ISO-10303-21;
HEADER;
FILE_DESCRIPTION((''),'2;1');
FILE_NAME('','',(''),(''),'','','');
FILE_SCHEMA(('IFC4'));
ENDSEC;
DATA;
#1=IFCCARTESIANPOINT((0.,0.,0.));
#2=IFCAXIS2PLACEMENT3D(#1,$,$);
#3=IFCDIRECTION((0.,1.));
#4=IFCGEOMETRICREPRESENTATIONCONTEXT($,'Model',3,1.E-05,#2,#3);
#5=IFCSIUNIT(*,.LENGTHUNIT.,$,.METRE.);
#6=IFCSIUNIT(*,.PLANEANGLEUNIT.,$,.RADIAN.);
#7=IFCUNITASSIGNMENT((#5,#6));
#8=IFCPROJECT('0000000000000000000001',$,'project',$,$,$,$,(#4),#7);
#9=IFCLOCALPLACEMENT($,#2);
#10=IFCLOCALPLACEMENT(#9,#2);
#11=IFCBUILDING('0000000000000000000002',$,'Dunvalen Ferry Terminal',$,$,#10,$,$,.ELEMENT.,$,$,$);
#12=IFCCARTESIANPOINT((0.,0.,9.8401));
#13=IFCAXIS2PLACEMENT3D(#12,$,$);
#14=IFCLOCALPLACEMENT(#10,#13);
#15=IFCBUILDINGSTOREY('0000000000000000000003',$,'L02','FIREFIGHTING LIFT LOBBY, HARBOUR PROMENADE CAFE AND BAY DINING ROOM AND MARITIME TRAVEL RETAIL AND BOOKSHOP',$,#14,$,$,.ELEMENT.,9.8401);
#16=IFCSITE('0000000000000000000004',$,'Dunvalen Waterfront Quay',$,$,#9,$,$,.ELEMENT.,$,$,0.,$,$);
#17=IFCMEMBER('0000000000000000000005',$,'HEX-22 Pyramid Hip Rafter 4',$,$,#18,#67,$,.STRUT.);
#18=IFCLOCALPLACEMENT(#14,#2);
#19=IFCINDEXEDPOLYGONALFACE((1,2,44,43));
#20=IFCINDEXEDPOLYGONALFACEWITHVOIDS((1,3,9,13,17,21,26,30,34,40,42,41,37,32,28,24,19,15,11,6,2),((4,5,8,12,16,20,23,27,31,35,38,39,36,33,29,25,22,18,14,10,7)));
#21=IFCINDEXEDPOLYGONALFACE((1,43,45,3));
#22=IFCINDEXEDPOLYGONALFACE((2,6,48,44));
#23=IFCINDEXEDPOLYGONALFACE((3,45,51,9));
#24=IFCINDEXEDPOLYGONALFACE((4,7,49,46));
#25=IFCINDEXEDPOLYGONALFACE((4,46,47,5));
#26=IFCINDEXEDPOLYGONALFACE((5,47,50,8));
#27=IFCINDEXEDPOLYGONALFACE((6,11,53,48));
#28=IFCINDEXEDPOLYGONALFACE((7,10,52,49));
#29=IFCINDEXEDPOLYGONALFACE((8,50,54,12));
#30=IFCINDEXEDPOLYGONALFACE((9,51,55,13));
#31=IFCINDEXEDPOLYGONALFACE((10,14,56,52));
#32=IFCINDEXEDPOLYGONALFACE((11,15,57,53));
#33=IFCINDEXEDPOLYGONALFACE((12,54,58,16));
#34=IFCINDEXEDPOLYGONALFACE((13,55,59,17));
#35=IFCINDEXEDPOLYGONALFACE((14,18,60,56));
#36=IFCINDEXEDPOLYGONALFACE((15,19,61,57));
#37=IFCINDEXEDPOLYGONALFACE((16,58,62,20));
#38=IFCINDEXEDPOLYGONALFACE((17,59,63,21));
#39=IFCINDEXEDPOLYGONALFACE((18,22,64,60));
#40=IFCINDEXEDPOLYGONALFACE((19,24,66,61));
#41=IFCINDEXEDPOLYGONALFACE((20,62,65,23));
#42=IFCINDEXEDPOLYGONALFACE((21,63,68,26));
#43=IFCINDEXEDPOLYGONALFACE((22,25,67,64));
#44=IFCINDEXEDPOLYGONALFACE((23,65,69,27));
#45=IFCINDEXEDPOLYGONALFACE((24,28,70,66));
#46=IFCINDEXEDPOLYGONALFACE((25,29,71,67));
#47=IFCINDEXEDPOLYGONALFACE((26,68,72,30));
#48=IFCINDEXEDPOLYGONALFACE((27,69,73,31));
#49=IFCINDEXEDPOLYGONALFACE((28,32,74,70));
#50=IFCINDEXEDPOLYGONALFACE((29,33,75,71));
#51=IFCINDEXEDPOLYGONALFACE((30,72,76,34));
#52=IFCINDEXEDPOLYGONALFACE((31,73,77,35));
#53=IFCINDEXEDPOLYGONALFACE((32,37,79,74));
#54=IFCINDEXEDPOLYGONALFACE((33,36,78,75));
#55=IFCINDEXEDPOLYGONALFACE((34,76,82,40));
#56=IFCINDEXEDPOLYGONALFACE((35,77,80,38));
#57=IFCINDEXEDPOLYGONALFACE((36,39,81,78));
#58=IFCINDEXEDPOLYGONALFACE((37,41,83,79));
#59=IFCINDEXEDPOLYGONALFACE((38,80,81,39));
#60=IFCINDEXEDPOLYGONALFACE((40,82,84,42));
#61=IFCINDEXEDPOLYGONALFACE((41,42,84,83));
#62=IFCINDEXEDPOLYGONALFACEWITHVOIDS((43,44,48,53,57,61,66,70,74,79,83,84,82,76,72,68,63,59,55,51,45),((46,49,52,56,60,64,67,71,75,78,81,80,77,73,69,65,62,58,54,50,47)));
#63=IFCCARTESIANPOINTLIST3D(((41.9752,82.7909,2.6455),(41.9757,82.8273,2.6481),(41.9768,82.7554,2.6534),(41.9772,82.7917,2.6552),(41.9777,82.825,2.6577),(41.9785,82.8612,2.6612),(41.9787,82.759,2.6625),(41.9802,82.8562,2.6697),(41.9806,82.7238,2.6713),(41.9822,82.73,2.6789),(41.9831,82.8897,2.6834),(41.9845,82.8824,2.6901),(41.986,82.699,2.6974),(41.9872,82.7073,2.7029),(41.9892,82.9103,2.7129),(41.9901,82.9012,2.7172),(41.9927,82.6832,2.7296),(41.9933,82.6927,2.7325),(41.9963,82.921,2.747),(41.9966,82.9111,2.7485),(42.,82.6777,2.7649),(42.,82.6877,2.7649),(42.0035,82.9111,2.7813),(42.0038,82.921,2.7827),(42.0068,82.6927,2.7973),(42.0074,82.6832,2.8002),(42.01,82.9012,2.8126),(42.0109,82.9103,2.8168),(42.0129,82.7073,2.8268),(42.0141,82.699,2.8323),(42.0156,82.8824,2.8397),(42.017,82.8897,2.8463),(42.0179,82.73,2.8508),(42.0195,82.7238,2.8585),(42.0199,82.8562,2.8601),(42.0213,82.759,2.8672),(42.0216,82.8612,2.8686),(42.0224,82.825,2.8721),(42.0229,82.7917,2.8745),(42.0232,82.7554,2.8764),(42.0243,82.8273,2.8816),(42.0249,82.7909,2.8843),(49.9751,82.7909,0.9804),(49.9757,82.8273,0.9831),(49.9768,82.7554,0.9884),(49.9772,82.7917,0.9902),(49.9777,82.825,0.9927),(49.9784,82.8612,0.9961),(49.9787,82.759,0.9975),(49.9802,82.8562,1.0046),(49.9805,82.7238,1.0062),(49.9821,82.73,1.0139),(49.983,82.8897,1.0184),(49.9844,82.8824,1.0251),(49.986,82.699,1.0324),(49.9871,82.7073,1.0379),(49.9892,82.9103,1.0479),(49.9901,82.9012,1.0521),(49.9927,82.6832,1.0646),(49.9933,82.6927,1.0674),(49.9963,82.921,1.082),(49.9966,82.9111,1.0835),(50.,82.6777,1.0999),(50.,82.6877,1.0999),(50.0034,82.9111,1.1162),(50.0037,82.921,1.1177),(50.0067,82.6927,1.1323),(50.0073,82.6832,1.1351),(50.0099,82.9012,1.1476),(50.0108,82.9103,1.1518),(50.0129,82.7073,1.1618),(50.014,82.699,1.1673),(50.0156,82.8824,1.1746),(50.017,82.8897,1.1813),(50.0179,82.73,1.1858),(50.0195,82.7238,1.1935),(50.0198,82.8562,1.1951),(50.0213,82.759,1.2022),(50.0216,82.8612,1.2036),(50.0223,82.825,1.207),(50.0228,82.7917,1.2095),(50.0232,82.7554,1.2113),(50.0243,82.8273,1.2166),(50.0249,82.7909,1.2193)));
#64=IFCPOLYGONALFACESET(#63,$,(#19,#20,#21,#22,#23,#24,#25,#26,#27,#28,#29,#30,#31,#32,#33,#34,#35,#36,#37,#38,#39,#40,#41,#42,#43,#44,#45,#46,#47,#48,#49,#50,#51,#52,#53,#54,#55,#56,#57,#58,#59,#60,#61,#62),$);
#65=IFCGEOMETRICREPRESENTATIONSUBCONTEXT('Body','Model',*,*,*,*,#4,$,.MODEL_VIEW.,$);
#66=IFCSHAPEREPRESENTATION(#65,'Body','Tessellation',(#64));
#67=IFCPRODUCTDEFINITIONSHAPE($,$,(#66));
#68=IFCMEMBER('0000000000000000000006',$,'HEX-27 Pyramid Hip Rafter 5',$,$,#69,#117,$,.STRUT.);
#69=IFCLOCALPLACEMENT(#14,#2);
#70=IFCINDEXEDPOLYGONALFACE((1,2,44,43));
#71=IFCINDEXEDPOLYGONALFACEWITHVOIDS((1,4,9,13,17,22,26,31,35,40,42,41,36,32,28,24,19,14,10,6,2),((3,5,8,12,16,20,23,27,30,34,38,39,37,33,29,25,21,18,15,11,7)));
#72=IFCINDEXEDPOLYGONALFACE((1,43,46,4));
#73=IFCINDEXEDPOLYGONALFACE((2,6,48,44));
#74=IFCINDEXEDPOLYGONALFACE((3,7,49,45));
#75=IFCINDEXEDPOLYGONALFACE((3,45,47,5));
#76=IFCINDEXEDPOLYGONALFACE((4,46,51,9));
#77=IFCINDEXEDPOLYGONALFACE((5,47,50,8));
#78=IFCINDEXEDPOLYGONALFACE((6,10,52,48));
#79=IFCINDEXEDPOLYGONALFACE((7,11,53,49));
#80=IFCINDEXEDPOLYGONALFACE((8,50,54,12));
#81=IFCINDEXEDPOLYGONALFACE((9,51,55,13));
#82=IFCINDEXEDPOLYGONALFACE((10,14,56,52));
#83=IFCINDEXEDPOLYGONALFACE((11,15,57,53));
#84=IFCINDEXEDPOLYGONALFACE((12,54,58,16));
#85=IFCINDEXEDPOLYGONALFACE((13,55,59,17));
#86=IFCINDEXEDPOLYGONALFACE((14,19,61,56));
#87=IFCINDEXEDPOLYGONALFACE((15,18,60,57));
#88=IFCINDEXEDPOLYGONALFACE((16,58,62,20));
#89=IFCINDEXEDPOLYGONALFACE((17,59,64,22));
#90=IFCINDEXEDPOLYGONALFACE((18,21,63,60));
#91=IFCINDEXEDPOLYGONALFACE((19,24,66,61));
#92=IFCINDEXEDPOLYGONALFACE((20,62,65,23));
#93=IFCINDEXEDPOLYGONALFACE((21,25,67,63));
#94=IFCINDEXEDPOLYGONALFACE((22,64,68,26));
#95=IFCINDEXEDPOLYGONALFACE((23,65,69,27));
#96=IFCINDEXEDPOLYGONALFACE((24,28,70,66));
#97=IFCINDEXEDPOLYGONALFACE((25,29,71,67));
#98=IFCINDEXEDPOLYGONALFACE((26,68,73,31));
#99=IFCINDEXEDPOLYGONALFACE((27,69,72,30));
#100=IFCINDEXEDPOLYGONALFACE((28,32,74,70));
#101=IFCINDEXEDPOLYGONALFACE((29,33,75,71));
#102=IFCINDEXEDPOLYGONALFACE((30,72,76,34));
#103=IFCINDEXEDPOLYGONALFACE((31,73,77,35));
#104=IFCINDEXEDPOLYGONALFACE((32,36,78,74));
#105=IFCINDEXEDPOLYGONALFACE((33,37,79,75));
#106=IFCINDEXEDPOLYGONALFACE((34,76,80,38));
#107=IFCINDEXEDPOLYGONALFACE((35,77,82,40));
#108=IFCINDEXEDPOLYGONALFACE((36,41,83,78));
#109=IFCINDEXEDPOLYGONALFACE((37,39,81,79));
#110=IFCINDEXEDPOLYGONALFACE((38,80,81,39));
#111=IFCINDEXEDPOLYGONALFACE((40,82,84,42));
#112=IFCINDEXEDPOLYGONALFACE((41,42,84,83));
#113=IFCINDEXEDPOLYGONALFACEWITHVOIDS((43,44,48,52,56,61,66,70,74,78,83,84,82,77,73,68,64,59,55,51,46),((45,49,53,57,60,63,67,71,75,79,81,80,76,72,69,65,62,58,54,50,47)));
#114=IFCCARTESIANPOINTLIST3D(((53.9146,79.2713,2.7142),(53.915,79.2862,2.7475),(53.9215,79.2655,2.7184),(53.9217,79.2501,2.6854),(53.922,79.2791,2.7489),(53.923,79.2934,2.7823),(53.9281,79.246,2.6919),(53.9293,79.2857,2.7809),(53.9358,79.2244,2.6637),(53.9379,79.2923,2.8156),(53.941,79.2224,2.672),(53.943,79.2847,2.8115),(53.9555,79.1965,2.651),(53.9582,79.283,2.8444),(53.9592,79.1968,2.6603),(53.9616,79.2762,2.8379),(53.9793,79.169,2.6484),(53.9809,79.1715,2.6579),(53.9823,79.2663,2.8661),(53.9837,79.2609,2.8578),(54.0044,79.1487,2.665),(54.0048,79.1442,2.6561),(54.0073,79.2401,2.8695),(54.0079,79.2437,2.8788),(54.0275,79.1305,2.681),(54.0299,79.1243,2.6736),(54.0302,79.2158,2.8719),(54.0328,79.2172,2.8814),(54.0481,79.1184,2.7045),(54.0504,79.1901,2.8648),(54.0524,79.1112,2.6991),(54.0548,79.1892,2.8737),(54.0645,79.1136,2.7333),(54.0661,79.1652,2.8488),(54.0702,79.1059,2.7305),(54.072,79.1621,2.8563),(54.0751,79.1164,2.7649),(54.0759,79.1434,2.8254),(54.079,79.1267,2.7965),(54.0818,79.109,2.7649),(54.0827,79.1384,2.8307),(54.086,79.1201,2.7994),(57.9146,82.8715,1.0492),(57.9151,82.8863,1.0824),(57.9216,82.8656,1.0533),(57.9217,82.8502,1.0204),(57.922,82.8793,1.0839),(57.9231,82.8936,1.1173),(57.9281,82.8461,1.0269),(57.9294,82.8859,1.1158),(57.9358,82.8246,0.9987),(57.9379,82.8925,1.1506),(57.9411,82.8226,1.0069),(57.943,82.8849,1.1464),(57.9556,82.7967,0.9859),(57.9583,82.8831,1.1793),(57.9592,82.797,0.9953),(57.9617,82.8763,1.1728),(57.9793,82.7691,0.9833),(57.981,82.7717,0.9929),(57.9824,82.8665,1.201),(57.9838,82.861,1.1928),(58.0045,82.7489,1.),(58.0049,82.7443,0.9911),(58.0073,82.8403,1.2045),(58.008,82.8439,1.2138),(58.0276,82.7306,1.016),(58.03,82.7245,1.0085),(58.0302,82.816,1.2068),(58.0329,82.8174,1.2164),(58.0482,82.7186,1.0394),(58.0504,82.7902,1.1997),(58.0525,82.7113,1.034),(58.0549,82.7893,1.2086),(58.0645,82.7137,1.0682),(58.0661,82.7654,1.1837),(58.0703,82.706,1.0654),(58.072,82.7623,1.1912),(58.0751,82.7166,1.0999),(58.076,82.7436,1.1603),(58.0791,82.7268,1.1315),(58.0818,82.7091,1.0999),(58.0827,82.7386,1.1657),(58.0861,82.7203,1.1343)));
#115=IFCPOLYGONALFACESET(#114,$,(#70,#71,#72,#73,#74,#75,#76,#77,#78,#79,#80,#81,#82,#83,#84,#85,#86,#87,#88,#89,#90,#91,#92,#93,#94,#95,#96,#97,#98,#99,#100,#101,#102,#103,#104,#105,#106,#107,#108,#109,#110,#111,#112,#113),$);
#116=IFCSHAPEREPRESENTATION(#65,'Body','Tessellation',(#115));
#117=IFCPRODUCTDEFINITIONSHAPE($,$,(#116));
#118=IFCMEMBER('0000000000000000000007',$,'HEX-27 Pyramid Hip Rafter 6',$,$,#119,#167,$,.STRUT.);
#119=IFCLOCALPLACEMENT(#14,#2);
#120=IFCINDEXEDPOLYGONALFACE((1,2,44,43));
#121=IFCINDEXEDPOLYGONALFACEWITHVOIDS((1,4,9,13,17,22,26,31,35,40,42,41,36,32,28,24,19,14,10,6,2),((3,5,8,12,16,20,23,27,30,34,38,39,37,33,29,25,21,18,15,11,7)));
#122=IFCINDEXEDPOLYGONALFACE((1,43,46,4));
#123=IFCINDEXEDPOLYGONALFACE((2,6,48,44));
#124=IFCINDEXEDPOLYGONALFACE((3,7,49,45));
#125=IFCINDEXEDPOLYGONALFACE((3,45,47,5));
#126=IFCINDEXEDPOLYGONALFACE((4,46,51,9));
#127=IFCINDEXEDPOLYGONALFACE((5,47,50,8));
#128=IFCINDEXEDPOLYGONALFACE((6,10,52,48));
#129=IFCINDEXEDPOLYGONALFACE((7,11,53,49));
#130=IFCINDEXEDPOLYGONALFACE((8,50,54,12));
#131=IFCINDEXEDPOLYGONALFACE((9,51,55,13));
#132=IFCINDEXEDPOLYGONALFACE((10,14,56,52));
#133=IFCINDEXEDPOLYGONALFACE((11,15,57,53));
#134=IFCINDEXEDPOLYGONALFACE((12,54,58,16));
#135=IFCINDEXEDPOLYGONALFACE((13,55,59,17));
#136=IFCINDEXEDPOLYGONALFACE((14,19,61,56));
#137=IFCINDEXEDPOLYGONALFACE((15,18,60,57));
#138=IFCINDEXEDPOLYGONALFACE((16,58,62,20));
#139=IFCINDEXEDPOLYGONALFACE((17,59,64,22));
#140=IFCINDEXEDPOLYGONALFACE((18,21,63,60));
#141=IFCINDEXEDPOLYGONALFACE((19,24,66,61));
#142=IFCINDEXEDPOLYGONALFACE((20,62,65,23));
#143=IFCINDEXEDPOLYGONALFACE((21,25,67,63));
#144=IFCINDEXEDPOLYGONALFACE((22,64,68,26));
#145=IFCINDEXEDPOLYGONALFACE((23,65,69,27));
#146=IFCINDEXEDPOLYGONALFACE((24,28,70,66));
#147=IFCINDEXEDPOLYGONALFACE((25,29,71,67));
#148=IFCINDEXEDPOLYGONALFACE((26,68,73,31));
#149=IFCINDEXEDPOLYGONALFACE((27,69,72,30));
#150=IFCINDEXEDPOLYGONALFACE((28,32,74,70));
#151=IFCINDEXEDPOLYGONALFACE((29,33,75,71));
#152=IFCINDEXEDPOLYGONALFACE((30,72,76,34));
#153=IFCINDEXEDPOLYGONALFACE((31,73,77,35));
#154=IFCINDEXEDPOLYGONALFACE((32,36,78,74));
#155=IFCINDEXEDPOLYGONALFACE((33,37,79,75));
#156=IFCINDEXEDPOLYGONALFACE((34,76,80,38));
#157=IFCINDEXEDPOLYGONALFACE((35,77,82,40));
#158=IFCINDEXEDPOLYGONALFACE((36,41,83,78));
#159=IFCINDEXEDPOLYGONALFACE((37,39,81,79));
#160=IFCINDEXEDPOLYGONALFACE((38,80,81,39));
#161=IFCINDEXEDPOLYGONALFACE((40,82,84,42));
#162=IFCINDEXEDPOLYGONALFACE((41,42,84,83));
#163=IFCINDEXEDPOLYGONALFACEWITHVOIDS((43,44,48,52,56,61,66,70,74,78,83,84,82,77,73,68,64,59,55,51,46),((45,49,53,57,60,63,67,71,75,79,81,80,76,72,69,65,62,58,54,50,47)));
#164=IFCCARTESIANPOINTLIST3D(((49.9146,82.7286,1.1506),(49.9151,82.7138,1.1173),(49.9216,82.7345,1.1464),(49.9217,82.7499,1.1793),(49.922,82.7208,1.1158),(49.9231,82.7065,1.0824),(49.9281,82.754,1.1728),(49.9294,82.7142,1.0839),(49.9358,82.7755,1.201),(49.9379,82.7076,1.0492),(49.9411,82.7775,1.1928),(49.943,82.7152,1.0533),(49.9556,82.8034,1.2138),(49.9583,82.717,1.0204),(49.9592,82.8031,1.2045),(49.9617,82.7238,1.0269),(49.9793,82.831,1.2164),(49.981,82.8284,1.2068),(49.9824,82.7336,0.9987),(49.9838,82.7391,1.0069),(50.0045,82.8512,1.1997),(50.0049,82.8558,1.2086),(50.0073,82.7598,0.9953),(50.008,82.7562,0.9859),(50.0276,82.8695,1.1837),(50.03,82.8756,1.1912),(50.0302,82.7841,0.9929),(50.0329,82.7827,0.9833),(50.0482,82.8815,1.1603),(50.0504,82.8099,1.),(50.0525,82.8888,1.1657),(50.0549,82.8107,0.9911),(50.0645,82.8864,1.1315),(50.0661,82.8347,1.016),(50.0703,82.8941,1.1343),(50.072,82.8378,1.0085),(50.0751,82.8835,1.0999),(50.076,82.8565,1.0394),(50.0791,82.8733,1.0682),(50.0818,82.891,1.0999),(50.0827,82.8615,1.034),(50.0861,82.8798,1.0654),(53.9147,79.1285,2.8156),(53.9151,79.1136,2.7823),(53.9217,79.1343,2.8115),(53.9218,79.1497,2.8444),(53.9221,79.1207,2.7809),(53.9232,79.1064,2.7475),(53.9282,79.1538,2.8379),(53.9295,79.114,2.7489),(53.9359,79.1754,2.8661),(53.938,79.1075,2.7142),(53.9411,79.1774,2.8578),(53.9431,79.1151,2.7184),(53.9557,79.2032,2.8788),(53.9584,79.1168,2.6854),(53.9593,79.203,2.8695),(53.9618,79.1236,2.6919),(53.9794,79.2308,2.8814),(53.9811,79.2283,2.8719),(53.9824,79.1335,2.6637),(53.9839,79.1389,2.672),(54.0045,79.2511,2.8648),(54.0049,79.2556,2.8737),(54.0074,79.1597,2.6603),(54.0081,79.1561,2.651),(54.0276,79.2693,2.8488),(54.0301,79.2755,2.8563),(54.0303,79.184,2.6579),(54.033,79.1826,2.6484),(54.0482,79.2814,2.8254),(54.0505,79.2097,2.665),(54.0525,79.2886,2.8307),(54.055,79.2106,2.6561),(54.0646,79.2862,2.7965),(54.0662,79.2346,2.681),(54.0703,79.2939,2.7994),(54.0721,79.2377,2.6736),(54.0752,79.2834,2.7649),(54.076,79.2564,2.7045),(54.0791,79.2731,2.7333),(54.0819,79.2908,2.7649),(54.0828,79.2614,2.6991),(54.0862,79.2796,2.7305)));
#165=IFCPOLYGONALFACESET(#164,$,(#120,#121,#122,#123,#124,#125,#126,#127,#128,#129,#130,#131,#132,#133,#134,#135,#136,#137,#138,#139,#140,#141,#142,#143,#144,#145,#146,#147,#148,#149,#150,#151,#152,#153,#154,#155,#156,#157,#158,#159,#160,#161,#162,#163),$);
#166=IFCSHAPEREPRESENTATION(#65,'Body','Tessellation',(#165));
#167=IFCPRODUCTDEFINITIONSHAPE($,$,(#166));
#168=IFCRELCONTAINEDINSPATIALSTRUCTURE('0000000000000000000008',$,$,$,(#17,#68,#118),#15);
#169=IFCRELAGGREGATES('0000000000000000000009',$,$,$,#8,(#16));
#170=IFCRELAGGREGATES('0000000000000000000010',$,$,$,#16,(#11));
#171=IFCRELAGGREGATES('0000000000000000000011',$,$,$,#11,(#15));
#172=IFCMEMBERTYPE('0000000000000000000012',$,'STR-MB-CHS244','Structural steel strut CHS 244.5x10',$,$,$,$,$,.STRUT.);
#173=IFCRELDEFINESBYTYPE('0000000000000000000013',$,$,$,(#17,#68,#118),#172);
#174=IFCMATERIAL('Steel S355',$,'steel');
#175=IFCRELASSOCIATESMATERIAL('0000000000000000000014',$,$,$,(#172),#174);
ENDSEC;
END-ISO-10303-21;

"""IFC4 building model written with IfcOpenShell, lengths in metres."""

from ifc_helpers import new_model, si_unit, direction, frame, origin, origin_2d, place, context, subcontext, project, spatial, hollow_circle, extrude, material, material_profile, profile_set, type_object, element, save


model = new_model("IFC4")

# Units and contexts
model_context = context("Model", 3, precision=1e-05, world=origin(), true_north=direction((0.0, 1.0)))
body_context = subcontext(model_context, "Body", "Model", "MODEL_VIEW")
ifc_project = project(units=[si_unit("LENGTHUNIT", "METRE"), si_unit("PLANEANGLEUNIT", "RADIAN")], contexts=[model_context])

# Site, building, storey
site_placement = place(None, origin())
site = spatial("IfcSite", under=ifc_project, at=site_placement, Name="Dunvalen Waterfront Quay", CompositionType="ELEMENT", RefElevation=0.0)
building_placement = place(site_placement, origin())
building = spatial("IfcBuilding", under=site, at=building_placement, Name="Dunvalen Ferry Terminal", CompositionType="ELEMENT")
storey_placement = place(building_placement, frame((0.0, 0.0, 9.8401)))
storey = spatial("IfcBuildingStorey", under=building, at=storey_placement, Name="L02", Description="FIREFIGHTING LIFT LOBBY, HARBOUR PROMENADE CAFE AND BAY DINING ROOM AND MARITIME TRAVEL RETAIL AND BOOKSHOP", CompositionType="ELEMENT", Elevation=9.8401)

# Shared definitions
ifc_material_1 = material(Name="Steel S355", Category="steel")

# Members
ifc_material_profile_1 = material_profile(ifc_material_1, hollow_circle(Radius=0.1223, WallThickness=0.01, at=origin_2d()), Name="Steel S355")
ifc_profile_set_1 = profile_set([ifc_material_profile_1], Name="Steel S355")
member_type_1 = type_object("IfcMemberType", Name="STR-MB-CHS244", Description="Structural steel strut CHS 244.5x10", PredefinedType="STRUT", material=ifc_profile_set_1)
member_1_placement = place(storey_placement, frame((50.0, 82.8, 1.0999), z_axis=(-0.97902, 0.0, 0.203763), x_axis=(0.0, -1.0, 0.0)))
element("IfcMember", 1, at=member_1_placement, inside=storey, type_object=member_type_1, Name="HEX-22 Pyramid Hip Rafter 4", PredefinedType="STRUT", context=body_context, shape_type="SweptSolid", body=[
    extrude(hollow_circle(Radius=0.1223, WallThickness=0.01, at=origin_2d()), origin(), (0.0, 0.0, 1.0), 8.1714),
])
for number, where, z_axis, x_axis, name in (
    (2, (58.0, 82.8, 1.0999), (-0.710075, -0.639085, 0.295576), (0.668975, -0.743285, 0.0), "HEX-27 Pyramid Hip Rafter 5"),
    (3, (50.0, 82.8, 1.0999), (0.710075, -0.639085, 0.295576), (0.668975, 0.743285, 0.0), "HEX-27 Pyramid Hip Rafter 6"),
):
    element("IfcMember", number, at=place(storey_placement, frame(where, z_axis=z_axis, x_axis=x_axis)), inside=storey, type_object=member_type_1, Name=name, PredefinedType="STRUT", context=body_context, shape_type="SweptSolid", body=[
        extrude(hollow_circle(Radius=0.1223, WallThickness=0.01, at=origin_2d()), origin(), (0.0, 0.0, 1.0), 5.6333),
    ])

save(model, "model.ifc")
